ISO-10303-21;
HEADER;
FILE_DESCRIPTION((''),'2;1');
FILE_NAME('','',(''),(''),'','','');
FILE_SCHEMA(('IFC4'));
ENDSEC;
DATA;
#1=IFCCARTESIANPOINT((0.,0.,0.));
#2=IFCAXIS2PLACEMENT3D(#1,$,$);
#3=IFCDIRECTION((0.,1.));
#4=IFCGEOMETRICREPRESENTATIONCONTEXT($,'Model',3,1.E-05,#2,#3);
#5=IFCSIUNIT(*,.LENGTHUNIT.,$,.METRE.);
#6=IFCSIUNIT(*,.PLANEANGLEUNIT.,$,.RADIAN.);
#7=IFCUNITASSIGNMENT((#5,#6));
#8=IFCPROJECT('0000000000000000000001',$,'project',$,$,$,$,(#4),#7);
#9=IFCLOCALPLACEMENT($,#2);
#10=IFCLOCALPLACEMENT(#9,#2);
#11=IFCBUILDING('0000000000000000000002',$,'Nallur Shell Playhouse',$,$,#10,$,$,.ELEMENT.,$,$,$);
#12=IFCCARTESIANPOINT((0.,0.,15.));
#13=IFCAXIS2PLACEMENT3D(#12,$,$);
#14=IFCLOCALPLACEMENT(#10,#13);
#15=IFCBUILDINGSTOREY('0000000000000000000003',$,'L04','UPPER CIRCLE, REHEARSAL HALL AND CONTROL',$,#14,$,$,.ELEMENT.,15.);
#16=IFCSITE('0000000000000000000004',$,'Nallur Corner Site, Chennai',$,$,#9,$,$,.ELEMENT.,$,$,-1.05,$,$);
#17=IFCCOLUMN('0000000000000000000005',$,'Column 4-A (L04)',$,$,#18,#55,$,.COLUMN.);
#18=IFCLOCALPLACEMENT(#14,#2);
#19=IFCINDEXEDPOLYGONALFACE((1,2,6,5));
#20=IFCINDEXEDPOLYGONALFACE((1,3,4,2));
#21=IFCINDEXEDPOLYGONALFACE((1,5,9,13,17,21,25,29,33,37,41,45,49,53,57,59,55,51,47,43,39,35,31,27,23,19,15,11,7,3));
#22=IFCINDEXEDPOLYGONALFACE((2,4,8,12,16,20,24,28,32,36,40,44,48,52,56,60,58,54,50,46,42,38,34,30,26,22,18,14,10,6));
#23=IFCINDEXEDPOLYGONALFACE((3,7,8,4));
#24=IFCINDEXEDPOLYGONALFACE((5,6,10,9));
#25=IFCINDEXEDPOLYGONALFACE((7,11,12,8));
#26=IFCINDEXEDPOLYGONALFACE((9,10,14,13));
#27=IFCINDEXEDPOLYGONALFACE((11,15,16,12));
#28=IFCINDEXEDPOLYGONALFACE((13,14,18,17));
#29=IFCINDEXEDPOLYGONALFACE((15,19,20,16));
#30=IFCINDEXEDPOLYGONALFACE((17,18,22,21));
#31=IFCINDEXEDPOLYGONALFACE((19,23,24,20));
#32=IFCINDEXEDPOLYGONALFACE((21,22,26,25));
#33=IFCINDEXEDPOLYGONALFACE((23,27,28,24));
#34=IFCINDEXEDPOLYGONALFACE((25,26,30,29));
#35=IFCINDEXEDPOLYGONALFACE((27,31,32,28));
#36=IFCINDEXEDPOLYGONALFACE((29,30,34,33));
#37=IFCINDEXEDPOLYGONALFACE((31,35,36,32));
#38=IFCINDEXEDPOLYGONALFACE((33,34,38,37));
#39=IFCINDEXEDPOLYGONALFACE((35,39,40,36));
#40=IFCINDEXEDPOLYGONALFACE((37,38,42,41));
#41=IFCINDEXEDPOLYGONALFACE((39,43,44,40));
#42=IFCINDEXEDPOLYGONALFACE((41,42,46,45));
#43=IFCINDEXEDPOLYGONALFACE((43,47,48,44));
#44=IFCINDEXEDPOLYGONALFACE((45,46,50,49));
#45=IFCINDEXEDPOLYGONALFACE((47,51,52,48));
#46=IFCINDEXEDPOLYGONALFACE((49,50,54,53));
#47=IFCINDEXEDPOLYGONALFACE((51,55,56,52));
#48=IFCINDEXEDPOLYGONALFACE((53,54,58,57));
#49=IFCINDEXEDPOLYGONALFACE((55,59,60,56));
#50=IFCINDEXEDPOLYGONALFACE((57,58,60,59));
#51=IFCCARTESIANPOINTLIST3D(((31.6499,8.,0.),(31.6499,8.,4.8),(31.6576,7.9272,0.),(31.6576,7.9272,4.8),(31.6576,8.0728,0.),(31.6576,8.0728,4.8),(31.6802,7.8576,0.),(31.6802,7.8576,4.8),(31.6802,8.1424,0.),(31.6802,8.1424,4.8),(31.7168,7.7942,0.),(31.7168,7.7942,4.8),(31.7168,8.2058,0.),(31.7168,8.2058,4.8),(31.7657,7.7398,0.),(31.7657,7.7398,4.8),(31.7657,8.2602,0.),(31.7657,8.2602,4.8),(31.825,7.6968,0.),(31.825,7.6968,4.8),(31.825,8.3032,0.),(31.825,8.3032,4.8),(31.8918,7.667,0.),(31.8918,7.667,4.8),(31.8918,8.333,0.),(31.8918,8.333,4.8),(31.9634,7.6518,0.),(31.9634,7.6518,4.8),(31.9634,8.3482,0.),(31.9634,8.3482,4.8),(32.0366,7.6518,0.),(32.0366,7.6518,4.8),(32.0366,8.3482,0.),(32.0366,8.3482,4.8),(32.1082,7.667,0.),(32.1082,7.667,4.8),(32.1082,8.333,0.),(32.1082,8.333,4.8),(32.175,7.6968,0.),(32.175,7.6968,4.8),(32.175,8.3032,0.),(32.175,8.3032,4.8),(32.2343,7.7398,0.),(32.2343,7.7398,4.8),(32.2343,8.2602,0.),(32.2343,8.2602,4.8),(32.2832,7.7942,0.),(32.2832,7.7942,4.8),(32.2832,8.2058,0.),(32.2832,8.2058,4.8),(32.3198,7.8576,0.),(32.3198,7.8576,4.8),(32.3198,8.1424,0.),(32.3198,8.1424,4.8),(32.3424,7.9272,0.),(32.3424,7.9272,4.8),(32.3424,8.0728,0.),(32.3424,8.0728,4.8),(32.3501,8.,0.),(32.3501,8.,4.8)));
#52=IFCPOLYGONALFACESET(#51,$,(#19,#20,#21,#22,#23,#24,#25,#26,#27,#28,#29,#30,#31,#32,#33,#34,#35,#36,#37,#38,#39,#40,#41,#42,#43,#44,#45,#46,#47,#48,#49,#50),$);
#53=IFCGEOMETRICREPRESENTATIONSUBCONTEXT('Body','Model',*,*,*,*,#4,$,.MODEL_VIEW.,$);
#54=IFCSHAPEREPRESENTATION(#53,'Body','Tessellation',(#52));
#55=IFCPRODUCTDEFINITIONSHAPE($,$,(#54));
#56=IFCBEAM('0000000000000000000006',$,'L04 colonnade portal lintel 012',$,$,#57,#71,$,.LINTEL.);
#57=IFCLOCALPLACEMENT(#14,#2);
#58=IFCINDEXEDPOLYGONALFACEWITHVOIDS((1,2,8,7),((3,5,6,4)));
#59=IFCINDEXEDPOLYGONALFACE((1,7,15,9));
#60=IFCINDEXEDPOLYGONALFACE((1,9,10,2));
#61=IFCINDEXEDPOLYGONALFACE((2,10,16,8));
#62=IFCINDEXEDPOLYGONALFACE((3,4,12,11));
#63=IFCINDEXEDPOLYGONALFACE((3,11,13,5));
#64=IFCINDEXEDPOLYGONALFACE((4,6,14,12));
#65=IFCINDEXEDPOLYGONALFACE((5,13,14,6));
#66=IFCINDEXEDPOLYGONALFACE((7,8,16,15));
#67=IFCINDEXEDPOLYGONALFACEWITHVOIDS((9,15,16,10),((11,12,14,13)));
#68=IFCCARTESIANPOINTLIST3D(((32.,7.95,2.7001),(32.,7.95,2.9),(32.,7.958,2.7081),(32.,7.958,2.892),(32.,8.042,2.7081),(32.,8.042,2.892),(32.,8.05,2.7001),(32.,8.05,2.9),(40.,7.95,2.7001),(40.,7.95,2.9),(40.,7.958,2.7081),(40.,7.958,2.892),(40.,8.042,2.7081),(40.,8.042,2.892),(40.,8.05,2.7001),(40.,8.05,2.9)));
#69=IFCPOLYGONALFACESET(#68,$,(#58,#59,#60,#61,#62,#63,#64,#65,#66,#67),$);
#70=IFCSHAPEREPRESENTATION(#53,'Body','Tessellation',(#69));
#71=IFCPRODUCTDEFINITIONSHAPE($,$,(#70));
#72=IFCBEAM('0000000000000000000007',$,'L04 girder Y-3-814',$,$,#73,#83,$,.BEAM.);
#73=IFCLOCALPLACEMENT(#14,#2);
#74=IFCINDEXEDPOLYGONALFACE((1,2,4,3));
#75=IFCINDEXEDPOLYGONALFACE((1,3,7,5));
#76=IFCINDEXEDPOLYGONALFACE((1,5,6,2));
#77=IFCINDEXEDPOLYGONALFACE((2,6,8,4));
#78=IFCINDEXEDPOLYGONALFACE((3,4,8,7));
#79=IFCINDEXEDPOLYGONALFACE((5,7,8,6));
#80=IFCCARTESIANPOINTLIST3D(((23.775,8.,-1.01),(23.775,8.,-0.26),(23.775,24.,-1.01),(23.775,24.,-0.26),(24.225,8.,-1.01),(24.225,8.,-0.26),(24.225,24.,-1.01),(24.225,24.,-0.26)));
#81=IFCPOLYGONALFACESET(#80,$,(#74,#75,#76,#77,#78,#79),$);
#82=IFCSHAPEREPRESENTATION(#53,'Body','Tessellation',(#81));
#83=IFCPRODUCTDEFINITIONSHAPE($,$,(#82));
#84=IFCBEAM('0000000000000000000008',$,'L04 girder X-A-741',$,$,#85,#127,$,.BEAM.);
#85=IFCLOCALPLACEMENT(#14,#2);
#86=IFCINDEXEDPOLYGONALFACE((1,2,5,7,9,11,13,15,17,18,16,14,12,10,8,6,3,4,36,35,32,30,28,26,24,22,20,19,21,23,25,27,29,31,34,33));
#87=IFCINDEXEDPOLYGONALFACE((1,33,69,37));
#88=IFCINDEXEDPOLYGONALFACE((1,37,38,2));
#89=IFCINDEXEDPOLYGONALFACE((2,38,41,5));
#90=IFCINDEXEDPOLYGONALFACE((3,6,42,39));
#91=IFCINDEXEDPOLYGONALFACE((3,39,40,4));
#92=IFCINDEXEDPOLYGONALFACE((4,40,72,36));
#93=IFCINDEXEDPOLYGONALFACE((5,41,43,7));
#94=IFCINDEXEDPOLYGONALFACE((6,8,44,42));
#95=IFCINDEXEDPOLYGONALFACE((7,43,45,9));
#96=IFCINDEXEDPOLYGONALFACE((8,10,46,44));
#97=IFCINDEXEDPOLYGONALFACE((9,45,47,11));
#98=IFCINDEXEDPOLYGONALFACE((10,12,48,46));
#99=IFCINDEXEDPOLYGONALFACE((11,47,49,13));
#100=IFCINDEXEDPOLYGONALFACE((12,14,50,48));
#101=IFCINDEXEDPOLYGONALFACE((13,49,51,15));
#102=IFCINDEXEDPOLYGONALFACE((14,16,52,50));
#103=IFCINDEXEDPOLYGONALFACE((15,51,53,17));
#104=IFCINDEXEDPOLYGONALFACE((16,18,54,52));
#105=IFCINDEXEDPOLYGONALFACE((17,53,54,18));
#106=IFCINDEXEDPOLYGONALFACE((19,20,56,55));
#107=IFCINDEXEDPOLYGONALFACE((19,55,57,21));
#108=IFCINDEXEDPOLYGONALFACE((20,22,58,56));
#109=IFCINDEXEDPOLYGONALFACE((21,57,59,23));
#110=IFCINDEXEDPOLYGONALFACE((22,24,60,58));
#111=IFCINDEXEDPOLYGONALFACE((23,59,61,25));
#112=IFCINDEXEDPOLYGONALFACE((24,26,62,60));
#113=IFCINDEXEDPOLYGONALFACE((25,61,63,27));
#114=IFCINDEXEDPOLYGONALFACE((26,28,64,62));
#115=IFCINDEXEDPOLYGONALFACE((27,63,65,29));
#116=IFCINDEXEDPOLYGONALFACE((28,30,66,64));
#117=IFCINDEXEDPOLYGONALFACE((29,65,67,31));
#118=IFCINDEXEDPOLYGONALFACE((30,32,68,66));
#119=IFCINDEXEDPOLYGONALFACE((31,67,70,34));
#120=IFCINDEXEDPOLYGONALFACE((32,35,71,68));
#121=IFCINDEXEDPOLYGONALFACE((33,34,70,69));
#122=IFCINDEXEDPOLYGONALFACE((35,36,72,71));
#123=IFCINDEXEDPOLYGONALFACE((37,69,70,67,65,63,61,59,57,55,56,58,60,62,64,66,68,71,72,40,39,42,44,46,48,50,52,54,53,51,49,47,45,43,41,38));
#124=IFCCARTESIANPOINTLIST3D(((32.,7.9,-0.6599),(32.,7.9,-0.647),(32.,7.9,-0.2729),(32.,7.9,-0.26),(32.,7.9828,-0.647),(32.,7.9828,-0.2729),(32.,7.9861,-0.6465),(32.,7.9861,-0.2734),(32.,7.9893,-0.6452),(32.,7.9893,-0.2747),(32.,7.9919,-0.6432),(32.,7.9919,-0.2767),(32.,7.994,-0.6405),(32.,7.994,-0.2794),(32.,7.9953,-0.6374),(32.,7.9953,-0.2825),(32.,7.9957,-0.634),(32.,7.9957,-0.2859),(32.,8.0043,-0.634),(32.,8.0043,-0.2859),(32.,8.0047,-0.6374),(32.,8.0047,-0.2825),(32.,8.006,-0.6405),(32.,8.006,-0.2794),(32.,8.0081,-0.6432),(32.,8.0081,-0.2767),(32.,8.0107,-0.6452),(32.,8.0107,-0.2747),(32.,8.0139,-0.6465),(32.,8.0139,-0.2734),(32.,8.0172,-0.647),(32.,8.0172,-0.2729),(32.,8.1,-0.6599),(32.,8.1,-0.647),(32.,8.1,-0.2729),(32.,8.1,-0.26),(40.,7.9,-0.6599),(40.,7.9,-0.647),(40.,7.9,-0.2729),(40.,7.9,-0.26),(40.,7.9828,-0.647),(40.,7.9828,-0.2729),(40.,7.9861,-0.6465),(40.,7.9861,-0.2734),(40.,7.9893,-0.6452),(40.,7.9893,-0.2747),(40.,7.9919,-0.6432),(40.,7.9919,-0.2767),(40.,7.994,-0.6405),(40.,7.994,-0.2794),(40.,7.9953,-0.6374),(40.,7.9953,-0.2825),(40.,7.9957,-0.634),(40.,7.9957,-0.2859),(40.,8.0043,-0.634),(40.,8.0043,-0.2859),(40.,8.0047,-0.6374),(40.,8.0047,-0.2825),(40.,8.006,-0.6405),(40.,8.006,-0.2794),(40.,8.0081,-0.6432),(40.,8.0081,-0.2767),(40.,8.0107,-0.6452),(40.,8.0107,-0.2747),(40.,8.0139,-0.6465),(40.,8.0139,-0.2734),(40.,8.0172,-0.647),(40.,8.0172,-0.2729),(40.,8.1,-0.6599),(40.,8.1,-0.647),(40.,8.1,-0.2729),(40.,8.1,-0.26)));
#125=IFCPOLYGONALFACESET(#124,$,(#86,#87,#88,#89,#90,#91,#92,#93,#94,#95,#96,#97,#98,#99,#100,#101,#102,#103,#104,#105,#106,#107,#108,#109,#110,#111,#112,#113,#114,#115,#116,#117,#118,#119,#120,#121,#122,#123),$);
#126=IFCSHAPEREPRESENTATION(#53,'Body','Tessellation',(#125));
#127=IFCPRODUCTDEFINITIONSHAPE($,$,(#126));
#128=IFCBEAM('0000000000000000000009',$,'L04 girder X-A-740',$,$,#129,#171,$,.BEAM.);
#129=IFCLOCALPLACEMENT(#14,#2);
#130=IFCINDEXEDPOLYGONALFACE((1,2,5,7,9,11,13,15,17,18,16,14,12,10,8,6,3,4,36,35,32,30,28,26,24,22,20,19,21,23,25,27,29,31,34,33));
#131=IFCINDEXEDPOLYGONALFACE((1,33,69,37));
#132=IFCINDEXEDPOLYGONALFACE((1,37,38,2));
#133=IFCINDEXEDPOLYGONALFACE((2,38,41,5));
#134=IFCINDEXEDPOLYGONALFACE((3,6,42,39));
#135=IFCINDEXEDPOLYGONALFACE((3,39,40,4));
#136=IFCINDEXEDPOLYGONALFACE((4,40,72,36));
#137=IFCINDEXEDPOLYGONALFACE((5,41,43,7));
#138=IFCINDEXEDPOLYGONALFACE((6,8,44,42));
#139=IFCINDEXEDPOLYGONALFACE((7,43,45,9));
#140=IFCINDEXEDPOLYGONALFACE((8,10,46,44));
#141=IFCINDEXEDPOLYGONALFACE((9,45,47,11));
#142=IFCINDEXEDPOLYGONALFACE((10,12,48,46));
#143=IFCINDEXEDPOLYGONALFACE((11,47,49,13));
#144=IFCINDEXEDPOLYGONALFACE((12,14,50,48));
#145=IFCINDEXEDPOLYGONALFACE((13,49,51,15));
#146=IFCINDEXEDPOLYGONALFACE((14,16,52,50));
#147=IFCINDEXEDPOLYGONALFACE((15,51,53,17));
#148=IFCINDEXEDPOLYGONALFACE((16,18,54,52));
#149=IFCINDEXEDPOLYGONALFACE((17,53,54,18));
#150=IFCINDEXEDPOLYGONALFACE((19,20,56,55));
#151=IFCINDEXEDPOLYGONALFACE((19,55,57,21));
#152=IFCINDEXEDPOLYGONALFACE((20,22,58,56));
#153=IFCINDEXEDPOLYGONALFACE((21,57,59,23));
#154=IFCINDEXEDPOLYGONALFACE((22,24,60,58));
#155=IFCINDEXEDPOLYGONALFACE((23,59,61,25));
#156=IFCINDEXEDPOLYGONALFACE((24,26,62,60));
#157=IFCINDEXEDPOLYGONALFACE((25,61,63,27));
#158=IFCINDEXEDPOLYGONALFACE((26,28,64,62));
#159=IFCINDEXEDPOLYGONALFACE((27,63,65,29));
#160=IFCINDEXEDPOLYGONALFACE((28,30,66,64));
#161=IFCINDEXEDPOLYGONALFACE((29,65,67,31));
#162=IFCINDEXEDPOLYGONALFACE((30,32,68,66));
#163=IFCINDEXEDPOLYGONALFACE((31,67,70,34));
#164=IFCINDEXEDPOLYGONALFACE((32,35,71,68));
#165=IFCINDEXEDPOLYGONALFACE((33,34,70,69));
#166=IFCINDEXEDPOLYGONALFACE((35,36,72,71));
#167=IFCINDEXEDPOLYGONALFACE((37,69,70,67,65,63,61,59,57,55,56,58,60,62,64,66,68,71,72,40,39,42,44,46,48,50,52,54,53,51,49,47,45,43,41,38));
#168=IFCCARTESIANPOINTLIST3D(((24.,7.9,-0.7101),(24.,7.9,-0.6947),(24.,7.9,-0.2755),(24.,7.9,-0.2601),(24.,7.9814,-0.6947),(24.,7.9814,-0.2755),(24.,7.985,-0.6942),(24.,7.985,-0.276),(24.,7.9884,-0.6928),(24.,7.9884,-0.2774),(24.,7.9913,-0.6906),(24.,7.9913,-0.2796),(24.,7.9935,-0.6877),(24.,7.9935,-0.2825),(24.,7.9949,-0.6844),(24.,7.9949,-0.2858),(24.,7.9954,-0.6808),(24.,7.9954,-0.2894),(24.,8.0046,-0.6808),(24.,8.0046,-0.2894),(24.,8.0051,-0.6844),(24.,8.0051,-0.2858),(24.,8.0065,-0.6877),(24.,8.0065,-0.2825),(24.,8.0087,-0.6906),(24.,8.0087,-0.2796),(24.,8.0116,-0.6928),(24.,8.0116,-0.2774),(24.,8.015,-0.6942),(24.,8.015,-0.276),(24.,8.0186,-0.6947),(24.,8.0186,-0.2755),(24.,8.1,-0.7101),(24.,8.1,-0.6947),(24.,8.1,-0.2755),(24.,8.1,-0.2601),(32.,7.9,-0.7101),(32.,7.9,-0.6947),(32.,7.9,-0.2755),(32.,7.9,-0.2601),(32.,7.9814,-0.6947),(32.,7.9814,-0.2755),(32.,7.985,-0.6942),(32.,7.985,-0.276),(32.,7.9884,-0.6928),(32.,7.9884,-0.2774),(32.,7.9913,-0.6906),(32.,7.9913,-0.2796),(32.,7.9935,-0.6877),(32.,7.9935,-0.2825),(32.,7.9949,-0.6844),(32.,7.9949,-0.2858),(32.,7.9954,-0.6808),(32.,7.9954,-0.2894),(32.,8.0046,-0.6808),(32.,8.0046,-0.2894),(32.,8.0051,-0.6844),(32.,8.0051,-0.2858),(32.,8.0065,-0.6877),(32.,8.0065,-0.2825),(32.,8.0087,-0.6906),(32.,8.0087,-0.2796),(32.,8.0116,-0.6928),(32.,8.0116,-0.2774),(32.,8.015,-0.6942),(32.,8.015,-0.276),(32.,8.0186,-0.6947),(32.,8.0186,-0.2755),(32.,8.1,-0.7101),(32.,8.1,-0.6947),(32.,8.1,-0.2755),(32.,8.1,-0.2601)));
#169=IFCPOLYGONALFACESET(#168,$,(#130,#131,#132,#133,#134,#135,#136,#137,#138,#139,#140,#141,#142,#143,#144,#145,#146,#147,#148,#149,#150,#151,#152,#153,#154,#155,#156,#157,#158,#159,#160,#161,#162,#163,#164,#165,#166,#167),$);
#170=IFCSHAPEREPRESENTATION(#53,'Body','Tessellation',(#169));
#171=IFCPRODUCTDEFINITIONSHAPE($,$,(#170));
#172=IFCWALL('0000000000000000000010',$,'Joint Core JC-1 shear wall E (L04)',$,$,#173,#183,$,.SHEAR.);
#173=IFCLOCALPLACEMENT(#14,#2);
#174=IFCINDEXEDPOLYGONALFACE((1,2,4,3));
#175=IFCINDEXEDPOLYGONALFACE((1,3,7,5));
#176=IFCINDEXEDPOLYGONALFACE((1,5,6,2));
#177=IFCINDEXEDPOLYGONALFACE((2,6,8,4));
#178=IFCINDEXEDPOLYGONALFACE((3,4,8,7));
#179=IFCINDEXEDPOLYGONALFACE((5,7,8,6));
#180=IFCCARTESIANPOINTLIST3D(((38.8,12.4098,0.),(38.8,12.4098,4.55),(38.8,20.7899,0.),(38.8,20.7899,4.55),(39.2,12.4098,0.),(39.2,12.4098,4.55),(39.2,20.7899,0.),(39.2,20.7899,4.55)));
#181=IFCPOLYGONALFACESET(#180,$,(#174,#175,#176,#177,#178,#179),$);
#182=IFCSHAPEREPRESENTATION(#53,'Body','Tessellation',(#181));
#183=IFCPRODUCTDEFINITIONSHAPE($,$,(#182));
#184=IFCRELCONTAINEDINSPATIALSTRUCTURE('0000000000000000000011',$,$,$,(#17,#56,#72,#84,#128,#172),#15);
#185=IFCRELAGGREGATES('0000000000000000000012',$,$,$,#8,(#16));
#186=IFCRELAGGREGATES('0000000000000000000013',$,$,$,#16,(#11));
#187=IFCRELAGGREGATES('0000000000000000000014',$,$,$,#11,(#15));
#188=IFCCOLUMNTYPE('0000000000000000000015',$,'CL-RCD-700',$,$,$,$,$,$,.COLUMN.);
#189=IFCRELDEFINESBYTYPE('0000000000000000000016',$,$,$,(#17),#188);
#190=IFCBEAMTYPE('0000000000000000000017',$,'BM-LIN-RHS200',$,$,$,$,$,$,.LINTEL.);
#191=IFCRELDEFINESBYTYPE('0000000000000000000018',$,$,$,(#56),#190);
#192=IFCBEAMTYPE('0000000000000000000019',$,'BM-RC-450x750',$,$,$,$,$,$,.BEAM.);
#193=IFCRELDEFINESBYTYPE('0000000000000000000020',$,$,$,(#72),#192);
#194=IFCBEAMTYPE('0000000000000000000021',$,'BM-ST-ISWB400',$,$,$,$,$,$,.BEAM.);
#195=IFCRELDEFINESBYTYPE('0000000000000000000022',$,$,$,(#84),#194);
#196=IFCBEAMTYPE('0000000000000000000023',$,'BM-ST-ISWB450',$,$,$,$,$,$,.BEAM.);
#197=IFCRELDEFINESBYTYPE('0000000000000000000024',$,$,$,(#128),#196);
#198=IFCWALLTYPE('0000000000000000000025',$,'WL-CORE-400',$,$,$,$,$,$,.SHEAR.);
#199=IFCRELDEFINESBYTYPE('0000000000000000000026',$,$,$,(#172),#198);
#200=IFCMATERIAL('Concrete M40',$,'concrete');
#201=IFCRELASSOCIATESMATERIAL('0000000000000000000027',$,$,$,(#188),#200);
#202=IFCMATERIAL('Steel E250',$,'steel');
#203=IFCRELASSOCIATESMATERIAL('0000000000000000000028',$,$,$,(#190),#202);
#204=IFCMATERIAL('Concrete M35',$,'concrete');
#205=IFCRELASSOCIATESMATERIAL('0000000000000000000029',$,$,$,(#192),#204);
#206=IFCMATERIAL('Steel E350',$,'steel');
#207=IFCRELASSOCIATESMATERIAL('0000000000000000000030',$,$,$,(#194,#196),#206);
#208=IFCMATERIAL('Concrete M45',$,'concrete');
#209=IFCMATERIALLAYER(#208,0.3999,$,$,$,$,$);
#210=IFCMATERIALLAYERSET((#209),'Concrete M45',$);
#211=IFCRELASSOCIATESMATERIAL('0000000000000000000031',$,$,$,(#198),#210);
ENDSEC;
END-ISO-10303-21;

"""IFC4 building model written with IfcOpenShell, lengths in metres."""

from ifc_helpers import new_model, si_unit, direction, frame, frame_2d, origin, origin_2d, place, context, subcontext, project, spatial, rectangle, hollow_rectangle, circle, i_section, extrude, material, layer, layer_set, material_profile, profile_set, type_object, element, save


model = new_model("IFC4")

# Units and contexts
model_context = context("Model", 3, precision=1e-05, world=origin(), true_north=direction((0.0, 1.0)))
body_context = subcontext(model_context, "Body", "Model", "MODEL_VIEW")
ifc_project = project(units=[si_unit("LENGTHUNIT", "METRE"), si_unit("PLANEANGLEUNIT", "RADIAN")], contexts=[model_context])

# Site, building, storey
site_placement = place(None, origin())
site = spatial("IfcSite", under=ifc_project, at=site_placement, Name="Nallur Corner Site, Chennai", CompositionType="ELEMENT", RefElevation=-1.05)
building_placement = place(site_placement, origin())
building = spatial("IfcBuilding", under=site, at=building_placement, Name="Nallur Shell Playhouse", CompositionType="ELEMENT")
storey_placement = place(building_placement, frame((0.0, 0.0, 15.0)))
storey = spatial("IfcBuildingStorey", under=building, at=storey_placement, Name="L04", Description="UPPER CIRCLE, REHEARSAL HALL AND CONTROL", CompositionType="ELEMENT", Elevation=15.0)

# Column
ifc_material_1 = material(Name="Concrete M40", Category="concrete")
ifc_material_profile_1 = material_profile(ifc_material_1, circle(Radius=0.3501, at=origin_2d()), Name="RC D700")
ifc_profile_set_1 = profile_set([ifc_material_profile_1], Name="Concrete M40")
column_type = type_object("IfcColumnType", Name="CL-RCD-700", PredefinedType="COLUMN", material=ifc_profile_set_1)
column_placement = place(storey_placement, frame((32.0, 8.0, 0.0), z_axis=(0.0, 0.0, 1.0), x_axis=(1.0, 0.0, 0.0)))
element("IfcColumn", 1, at=column_placement, inside=storey, type_object=column_type, Name="Column 4-A (L04)", PredefinedType="COLUMN", context=body_context, shape_type="SweptSolid", body=[
    extrude(circle(Radius=0.3501, at=origin_2d()), origin(), (0.0, 0.0, 1.0), 4.8),
])

# Beams
ifc_material_2 = material(Name="Steel E250", Category="steel")
ifc_material_profile_2 = material_profile(ifc_material_2, hollow_rectangle(XDim=0.1001, YDim=0.2, WallThickness=0.0081, at=origin_2d()), Name="RHS 200x100x8")
ifc_profile_set_2 = profile_set([ifc_material_profile_2], Name="Steel E250")
beam_type_1 = type_object("IfcBeamType", Name="BM-LIN-RHS200", PredefinedType="LINTEL", material=ifc_profile_set_2)
beam_1_placement = place(storey_placement, frame((32.0, 8.0, 2.8), z_axis=(1.0, 0.0, 0.0), x_axis=(0.0, 1.0, 0.0)))
element("IfcBeam", 2, at=beam_1_placement, inside=storey, type_object=beam_type_1, Name="L04 colonnade portal lintel 012", PredefinedType="LINTEL", context=body_context, shape_type="SweptSolid", body=[
    extrude(hollow_rectangle(XDim=0.1001, YDim=0.2, WallThickness=0.0081, at=origin_2d()), origin(), (0.0, 0.0, 1.0), 8.0),
])
ifc_material_3 = material(Name="Concrete M35", Category="concrete")
ifc_material_profile_3 = material_profile(ifc_material_3, rectangle(XDim=0.45, YDim=0.75, at=origin_2d()), Name="RC 450x750")
ifc_profile_set_3 = profile_set([ifc_material_profile_3], Name="Concrete M35")
beam_type_2 = type_object("IfcBeamType", Name="BM-RC-450x750", PredefinedType="BEAM", material=ifc_profile_set_3)
beam_2_placement = place(storey_placement, frame((24.0, 8.0, -0.635), z_axis=(0.0, 1.0, 0.0), x_axis=(-1.0, 0.0, 0.0)))
element("IfcBeam", 3, at=beam_2_placement, inside=storey, type_object=beam_type_2, Name="L04 girder Y-3-814", PredefinedType="BEAM", context=body_context, shape_type="SweptSolid", body=[
    extrude(rectangle(XDim=0.45, YDim=0.75, at=origin_2d()), origin(), (0.0, 0.0, 1.0), 16.0),
])
ifc_material_4 = material(Name="Steel E350", Category="steel")
ifc_material_profile_4 = material_profile(ifc_material_4, i_section(OverallWidth=0.2, OverallDepth=0.3999, WebThickness=0.0085, FlangeThickness=0.0129, FilletRadius=0.0129, at=origin_2d()), Name="ISWB 400")
ifc_profile_set_4 = profile_set([ifc_material_profile_4], Name="Steel E350")
beam_type_3 = type_object("IfcBeamType", Name="BM-ST-ISWB400", PredefinedType="BEAM", material=ifc_profile_set_4)
beam_3_placement = place(storey_placement, frame((32.0, 8.0, -0.46), z_axis=(1.0, 0.0, 0.0), x_axis=(0.0, 1.0, 0.0)))
element("IfcBeam", 4, at=beam_3_placement, inside=storey, type_object=beam_type_3, Name="L04 girder X-A-741", PredefinedType="BEAM", context=body_context, shape_type="SweptSolid", body=[
    extrude(i_section(OverallWidth=0.2, OverallDepth=0.3999, WebThickness=0.0085, FlangeThickness=0.0129, FilletRadius=0.0129, at=origin_2d()), origin(), (0.0, 0.0, 1.0), 8.0),
])
ifc_material_profile_5 = material_profile(ifc_material_4, i_section(OverallWidth=0.2, OverallDepth=0.45, WebThickness=0.0093, FlangeThickness=0.0154, FilletRadius=0.0139, at=origin_2d()), Name="ISWB 450")
ifc_profile_set_5 = profile_set([ifc_material_profile_5], Name="Steel E350")
beam_type_4 = type_object("IfcBeamType", Name="BM-ST-ISWB450", PredefinedType="BEAM", material=ifc_profile_set_5)
beam_4_placement = place(storey_placement, frame((24.0, 8.0, -0.4851), z_axis=(1.0, 0.0, 0.0), x_axis=(0.0, 1.0, 0.0)))
element("IfcBeam", 5, at=beam_4_placement, inside=storey, type_object=beam_type_4, Name="L04 girder X-A-740", PredefinedType="BEAM", context=body_context, shape_type="SweptSolid", body=[
    extrude(i_section(OverallWidth=0.2, OverallDepth=0.45, WebThickness=0.0093, FlangeThickness=0.0154, FilletRadius=0.0139, at=origin_2d()), origin(), (0.0, 0.0, 1.0), 8.0),
])

# Shared definitions
ifc_material_5 = material(Name="Concrete M45", Category="concrete")
ifc_layer_1 = layer(ifc_material_5, 0.3999)
ifc_layer_set_1 = layer_set([ifc_layer_1], Name="Concrete M45")
wall_type_1 = type_object("IfcWallType", Name="WL-CORE-400", PredefinedType="SHEAR", material=ifc_layer_set_1)

# Wall
wall_1_placement = place(storey_placement, frame((39.0, 12.4099, 0.0), z_axis=(0.0, 0.0, 1.0), x_axis=(0.0, 1.0, 0.0)))
element("IfcWall", 6, at=wall_1_placement, inside=storey, type_object=wall_type_1, Name="Joint Core JC-1 shear wall E (L04)", PredefinedType="SHEAR", context=body_context, shape_type="SweptSolid", body=[
    extrude(rectangle(XDim=8.3801, YDim=0.3999, at=frame_2d((4.1899, 0.0))), origin(), (0.0, 0.0, 1.0), 4.55),
])

save(model, "model.ifc")
